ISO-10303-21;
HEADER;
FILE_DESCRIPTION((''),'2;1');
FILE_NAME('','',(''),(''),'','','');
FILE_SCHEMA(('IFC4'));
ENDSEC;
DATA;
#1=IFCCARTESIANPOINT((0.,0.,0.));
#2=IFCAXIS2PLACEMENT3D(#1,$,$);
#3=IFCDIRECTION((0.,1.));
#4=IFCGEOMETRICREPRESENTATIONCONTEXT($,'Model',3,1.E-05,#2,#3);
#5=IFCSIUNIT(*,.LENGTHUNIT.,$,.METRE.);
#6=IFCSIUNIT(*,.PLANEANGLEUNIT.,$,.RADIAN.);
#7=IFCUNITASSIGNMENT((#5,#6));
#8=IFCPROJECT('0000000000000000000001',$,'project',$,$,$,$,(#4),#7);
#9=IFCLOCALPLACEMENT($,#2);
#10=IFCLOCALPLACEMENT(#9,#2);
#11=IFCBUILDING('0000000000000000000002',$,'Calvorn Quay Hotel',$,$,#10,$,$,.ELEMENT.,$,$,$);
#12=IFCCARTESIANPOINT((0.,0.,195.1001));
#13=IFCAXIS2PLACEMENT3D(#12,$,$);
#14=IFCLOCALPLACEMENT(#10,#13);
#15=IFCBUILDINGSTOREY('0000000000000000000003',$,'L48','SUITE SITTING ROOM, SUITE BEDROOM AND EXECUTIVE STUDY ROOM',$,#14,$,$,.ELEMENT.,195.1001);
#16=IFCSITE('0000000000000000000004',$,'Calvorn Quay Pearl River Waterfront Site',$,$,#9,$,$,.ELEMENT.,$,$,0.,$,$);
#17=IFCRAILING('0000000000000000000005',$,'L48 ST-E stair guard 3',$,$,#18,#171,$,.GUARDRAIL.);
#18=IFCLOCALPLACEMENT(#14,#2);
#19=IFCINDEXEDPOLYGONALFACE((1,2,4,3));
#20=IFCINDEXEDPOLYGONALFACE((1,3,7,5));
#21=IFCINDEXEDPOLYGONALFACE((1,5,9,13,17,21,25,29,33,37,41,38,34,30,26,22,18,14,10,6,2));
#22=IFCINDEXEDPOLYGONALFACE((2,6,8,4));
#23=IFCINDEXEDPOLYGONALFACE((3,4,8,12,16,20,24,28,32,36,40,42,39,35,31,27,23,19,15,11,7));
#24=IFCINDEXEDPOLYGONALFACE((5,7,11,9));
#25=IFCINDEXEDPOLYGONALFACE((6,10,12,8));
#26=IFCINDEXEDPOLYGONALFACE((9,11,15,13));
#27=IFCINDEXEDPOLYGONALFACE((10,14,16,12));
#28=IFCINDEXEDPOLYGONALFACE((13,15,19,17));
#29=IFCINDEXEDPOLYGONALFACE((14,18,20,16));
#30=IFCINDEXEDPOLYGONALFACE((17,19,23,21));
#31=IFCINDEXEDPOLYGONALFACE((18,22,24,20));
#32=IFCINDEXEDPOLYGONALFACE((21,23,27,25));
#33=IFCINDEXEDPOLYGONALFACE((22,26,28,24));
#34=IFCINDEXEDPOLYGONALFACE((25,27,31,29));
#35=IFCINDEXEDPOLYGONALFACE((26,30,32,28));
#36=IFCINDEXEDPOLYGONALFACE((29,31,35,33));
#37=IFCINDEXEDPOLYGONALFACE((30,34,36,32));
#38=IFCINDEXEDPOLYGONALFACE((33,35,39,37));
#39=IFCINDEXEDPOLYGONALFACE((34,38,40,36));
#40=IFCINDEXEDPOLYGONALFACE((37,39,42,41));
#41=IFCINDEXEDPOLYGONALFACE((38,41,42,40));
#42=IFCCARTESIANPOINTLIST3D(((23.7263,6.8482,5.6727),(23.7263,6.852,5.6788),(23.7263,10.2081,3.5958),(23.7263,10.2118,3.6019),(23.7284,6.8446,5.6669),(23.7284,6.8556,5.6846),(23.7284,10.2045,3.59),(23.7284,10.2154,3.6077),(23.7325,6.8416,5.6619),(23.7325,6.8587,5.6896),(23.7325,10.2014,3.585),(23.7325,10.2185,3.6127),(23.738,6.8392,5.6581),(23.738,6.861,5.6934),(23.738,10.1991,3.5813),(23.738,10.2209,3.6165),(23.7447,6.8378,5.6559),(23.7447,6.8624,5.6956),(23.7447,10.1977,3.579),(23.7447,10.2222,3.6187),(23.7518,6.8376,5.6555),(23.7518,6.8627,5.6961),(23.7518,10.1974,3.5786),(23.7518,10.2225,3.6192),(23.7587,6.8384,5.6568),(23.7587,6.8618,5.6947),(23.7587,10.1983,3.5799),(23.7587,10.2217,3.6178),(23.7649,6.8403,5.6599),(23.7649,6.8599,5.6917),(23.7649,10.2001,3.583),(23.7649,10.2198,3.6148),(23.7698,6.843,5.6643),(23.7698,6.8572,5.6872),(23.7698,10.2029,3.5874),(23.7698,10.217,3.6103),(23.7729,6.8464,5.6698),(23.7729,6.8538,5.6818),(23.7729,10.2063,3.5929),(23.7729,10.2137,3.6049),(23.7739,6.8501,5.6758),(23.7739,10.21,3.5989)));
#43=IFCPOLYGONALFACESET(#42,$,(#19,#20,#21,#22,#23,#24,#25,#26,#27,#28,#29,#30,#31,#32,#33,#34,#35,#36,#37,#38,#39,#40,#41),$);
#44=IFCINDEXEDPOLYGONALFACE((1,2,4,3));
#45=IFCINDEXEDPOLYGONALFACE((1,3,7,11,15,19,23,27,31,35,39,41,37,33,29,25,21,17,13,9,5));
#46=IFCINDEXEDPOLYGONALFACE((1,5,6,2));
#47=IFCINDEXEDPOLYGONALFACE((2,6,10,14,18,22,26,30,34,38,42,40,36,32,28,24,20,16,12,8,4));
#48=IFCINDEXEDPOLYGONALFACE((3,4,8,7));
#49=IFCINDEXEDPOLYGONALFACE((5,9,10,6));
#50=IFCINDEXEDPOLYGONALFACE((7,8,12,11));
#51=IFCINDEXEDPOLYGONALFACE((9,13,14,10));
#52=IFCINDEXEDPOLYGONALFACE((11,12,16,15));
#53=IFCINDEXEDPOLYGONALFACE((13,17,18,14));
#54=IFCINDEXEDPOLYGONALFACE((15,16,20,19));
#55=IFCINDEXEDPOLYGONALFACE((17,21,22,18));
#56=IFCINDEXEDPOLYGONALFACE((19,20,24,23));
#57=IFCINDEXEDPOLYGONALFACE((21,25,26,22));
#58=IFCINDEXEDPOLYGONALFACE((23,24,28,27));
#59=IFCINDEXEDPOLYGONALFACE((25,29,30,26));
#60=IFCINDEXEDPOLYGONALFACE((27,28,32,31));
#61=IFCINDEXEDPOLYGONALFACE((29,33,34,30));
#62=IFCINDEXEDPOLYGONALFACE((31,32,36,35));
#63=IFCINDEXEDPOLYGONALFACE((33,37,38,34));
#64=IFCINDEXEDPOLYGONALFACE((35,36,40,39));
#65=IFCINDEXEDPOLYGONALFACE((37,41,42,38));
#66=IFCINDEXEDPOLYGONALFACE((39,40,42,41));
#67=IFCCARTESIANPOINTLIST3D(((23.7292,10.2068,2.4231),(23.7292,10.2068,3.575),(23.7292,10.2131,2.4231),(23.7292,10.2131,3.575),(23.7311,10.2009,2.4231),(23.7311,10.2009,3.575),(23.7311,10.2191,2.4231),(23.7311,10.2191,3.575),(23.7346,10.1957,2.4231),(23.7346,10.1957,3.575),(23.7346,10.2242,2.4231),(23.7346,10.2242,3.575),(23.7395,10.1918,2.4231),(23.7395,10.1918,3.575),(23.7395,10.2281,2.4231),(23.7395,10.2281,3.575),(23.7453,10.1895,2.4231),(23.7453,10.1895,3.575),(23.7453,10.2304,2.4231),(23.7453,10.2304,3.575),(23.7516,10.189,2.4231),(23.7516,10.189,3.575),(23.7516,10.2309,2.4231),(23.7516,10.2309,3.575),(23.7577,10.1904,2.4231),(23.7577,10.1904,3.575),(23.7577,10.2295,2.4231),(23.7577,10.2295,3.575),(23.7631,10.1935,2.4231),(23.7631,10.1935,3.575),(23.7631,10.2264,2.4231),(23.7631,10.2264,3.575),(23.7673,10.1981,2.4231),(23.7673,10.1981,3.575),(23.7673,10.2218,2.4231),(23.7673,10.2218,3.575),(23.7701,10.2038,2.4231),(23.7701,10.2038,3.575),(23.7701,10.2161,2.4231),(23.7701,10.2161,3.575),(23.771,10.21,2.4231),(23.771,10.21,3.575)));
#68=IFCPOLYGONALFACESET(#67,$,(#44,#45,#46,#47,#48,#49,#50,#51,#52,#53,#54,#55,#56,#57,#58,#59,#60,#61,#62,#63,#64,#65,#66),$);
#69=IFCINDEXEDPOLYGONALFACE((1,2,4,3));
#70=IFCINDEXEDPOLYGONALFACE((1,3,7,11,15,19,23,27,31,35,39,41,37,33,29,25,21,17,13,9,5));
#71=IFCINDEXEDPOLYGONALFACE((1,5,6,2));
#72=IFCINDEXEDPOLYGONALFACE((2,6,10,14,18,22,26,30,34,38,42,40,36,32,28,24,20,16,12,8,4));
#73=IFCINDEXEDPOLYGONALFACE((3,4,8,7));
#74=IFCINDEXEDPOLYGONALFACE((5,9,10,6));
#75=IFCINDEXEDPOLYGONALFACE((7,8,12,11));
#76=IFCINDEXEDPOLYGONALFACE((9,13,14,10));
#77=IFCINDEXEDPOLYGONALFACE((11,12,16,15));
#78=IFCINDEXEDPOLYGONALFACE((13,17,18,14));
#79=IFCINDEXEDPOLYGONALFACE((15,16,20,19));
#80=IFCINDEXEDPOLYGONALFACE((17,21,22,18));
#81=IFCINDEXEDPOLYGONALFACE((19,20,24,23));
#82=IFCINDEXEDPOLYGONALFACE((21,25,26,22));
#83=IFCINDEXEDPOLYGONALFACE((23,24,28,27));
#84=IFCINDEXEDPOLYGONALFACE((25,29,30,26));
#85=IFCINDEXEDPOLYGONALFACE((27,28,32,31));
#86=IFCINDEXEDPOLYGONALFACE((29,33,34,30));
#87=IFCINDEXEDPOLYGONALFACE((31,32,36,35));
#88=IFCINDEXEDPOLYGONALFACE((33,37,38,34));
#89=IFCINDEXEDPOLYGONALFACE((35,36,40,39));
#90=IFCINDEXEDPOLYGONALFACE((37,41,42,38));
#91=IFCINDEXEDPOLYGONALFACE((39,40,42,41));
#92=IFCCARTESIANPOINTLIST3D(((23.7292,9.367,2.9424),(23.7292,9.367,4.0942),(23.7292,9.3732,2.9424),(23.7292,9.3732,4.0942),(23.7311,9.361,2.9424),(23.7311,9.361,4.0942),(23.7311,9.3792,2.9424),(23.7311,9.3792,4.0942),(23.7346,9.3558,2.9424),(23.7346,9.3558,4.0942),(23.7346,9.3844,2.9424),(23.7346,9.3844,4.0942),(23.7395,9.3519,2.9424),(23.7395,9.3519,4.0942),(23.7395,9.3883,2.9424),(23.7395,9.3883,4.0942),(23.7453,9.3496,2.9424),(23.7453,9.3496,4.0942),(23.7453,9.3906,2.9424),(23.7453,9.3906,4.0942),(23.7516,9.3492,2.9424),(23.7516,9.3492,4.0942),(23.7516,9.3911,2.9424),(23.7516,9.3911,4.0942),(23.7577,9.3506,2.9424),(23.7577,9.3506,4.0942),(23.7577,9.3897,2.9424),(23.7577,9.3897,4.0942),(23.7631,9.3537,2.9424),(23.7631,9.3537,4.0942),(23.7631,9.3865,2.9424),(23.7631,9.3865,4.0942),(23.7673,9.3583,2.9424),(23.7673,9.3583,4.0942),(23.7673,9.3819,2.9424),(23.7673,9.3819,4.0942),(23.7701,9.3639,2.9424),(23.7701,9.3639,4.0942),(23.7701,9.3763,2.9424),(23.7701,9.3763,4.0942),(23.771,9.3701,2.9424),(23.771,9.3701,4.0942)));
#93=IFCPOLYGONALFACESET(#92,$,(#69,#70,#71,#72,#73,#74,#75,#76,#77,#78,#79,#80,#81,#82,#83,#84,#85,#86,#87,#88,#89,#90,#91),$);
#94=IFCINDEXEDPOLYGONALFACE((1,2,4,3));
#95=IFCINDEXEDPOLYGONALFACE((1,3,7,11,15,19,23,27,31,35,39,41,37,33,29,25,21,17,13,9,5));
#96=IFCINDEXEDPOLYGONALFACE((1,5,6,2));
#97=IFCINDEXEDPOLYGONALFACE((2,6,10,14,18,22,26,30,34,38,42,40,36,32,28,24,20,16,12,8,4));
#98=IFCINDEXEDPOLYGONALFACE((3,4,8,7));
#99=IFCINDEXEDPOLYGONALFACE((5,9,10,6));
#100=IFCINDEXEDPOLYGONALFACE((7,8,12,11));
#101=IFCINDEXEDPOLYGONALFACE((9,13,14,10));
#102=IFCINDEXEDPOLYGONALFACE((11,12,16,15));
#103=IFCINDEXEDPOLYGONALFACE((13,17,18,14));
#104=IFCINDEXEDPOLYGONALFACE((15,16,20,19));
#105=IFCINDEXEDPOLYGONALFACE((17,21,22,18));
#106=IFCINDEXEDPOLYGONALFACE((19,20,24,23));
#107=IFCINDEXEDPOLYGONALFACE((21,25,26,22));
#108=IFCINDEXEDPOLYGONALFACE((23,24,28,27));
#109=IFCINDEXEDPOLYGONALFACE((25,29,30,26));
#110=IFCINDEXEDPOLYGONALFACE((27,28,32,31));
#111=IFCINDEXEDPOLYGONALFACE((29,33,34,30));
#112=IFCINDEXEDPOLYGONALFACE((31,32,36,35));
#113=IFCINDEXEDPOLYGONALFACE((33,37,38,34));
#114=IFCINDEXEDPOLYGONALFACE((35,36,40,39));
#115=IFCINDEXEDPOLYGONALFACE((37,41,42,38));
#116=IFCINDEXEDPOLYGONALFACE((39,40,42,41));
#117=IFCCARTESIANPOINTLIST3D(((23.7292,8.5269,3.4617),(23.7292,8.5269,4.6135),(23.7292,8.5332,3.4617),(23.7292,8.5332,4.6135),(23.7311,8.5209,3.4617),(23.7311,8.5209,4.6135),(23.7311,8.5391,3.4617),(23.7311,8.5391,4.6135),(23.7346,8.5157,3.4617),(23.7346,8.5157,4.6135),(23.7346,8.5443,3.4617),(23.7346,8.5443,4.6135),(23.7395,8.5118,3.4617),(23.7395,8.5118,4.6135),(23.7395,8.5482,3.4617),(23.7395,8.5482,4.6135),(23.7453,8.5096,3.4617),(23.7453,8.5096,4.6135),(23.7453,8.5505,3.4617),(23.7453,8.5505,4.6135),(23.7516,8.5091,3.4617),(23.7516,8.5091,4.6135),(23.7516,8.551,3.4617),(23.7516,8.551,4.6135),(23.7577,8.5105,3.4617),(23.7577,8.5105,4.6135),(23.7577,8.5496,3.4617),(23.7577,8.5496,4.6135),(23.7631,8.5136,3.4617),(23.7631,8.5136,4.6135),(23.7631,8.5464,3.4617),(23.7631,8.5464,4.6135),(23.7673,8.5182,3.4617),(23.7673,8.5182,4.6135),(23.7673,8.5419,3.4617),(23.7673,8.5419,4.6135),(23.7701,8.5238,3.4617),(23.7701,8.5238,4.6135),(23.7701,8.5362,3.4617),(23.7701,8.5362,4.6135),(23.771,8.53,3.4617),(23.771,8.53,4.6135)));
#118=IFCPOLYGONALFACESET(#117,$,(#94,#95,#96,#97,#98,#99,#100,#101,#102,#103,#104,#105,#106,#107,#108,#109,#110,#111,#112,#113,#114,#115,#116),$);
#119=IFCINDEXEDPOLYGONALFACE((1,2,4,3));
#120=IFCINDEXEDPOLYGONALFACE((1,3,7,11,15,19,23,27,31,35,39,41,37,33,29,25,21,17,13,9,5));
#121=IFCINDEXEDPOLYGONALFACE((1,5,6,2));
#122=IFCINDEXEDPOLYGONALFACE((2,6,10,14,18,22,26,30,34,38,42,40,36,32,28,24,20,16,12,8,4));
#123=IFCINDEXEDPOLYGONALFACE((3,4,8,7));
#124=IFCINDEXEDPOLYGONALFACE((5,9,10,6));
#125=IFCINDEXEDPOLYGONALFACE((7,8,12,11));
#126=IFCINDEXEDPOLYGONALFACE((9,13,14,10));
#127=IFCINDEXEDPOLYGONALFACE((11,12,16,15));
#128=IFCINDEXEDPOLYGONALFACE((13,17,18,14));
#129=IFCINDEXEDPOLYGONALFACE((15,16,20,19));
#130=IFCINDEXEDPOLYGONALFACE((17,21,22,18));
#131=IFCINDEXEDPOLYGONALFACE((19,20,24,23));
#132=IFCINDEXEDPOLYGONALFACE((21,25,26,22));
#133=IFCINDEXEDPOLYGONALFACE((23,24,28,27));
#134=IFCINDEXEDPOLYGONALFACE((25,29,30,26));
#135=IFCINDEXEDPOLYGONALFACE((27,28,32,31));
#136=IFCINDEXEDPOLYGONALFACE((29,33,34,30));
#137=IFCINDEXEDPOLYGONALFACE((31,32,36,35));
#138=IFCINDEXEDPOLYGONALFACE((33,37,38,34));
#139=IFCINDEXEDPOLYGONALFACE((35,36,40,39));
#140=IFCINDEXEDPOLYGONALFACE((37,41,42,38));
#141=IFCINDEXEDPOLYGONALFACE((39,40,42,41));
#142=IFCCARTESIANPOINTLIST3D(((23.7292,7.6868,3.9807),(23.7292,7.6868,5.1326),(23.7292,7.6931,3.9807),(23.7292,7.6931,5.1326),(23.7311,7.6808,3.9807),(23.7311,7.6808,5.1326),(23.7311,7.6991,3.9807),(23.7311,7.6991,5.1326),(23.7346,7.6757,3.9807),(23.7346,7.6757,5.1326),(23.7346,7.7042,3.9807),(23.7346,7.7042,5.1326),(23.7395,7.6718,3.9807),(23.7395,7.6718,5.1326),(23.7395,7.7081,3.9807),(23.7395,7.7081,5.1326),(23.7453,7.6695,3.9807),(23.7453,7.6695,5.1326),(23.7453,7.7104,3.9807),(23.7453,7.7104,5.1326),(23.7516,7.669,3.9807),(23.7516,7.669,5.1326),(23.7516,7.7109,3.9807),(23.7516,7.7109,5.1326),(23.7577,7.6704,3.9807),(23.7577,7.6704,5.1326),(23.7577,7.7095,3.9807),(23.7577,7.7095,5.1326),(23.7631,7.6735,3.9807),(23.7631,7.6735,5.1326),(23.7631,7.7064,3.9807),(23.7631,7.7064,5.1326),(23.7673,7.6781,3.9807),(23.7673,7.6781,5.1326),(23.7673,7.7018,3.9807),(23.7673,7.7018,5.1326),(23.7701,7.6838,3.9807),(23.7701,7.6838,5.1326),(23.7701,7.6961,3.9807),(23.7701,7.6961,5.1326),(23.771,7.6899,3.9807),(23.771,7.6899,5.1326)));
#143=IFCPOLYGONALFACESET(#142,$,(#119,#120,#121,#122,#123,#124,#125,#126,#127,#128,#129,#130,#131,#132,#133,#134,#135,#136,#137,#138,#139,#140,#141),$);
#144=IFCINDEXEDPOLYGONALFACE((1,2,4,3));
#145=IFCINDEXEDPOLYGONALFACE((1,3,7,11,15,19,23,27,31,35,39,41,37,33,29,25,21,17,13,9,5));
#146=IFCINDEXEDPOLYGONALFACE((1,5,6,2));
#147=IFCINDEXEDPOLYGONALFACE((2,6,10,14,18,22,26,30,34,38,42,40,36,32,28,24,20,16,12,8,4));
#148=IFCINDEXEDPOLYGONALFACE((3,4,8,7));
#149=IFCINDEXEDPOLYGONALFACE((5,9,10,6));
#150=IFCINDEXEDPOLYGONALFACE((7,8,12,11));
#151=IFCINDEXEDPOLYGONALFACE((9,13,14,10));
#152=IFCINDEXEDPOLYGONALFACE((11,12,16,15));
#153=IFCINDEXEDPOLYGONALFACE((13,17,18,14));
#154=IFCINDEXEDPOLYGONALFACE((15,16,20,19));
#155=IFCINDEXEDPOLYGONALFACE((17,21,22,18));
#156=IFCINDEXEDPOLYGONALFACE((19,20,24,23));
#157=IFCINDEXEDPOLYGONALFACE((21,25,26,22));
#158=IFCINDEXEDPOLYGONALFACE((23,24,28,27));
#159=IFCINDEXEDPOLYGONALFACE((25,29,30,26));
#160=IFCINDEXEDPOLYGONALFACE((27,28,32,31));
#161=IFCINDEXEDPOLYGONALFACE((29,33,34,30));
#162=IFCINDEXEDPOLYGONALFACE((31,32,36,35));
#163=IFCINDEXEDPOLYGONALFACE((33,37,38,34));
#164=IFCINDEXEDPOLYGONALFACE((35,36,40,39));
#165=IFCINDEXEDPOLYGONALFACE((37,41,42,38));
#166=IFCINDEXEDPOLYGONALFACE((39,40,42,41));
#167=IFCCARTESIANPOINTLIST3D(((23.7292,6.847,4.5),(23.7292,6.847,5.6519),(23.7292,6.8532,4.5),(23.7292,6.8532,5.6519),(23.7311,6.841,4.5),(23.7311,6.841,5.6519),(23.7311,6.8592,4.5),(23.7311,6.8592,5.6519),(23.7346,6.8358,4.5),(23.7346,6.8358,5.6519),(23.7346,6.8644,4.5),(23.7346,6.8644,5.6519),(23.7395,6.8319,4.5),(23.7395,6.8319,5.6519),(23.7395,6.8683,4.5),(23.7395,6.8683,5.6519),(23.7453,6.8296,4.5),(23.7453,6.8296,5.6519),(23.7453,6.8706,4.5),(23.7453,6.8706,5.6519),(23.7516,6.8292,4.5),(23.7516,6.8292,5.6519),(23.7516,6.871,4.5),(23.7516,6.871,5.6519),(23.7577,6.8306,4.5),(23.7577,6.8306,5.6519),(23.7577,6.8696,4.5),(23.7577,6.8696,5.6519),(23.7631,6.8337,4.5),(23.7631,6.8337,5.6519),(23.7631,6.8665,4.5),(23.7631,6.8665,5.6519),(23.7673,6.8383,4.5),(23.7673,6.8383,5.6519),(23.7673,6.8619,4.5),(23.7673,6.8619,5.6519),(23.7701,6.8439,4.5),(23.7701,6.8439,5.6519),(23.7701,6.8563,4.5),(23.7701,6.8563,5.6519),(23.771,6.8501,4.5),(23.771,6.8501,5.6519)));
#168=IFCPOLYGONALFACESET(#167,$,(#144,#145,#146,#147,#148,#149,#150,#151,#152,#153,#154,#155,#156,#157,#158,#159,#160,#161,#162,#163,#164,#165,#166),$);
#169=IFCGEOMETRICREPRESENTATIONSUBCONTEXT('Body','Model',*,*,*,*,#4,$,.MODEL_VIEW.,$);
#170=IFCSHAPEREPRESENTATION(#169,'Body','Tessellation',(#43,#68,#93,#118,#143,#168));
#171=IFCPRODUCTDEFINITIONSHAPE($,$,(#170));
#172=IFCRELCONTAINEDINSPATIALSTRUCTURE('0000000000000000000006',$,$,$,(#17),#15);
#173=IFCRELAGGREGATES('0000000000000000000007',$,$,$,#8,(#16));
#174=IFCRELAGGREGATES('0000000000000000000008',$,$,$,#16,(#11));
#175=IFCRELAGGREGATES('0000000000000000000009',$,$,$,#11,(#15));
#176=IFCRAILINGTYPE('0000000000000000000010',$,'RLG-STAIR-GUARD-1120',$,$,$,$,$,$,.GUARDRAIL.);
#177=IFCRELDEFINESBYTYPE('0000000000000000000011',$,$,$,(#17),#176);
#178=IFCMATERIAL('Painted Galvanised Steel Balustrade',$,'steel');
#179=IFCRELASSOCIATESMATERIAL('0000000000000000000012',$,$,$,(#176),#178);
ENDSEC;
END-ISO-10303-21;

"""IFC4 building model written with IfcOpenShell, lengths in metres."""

from ifc_helpers import new_model, si_unit, direction, frame, origin, origin_2d, place, context, subcontext, project, spatial, circle, extrude, material, type_object, element, save


model = new_model("IFC4")

# Units and contexts
model_context = context("Model", 3, precision=1e-05, world=origin(), true_north=direction((0.0, 1.0)))
body_context = subcontext(model_context, "Body", "Model", "MODEL_VIEW")
ifc_project = project(units=[si_unit("LENGTHUNIT", "METRE"), si_unit("PLANEANGLEUNIT", "RADIAN")], contexts=[model_context])

# Site, building, storey
site_placement = place(None, origin())
site = spatial("IfcSite", under=ifc_project, at=site_placement, Name="Calvorn Quay Pearl River Waterfront Site", CompositionType="ELEMENT", RefElevation=0.0)
building_placement = place(site_placement, origin())
building = spatial("IfcBuilding", under=site, at=building_placement, Name="Calvorn Quay Hotel", CompositionType="ELEMENT")
storey_placement = place(building_placement, frame((0.0, 0.0, 195.1001)))
storey = spatial("IfcBuildingStorey", under=building, at=storey_placement, Name="L48", Description="SUITE SITTING ROOM, SUITE BEDROOM AND EXECUTIVE STUDY ROOM", CompositionType="ELEMENT", Elevation=195.1001)

# Railing
ifc_material_1 = material(Name="Painted Galvanised Steel Balustrade", Category="steel")
railing_type_1 = type_object("IfcRailingType", Name="RLG-STAIR-GUARD-1120", PredefinedType="GUARDRAIL", material=ifc_material_1)
railing_1_placement = place(storey_placement, frame((23.75, 10.21, 2.4231)))
element("IfcRailing", 1, at=railing_1_placement, inside=storey, type_object=railing_type_1, Name="L48 ST-E stair guard 3", PredefinedType="GUARDRAIL", context=body_context, shape_type="SweptSolid", body=[
    extrude(circle(Radius=0.0239, at=origin_2d()), frame((0.0, 0.0, 1.1758), z_axis=(0.0, -0.850606, 0.525803), x_axis=(1.0, 0.0, 0.0)), (0.0, 0.0, 1.0), 3.95),
    extrude(circle(Radius=0.021, at=origin_2d()), origin(), (0.0, 0.0, 1.0), 1.1519),
    extrude(circle(Radius=0.021, at=origin_2d()), frame((0.0, -0.8398, 0.5193)), (0.0, 0.0, 1.0), 1.1519),
    extrude(circle(Radius=0.021, at=origin_2d()), frame((0.0, -1.6799, 1.0386)), (0.0, 0.0, 1.0), 1.1519),
    extrude(circle(Radius=0.021, at=origin_2d()), frame((0.0, -2.52, 1.5576)), (0.0, 0.0, 1.0), 1.1519),
    extrude(circle(Radius=0.021, at=origin_2d()), frame((0.0, -3.3599, 2.0769)), (0.0, 0.0, 1.0), 1.1519),
])

save(model, "model.ifc")
